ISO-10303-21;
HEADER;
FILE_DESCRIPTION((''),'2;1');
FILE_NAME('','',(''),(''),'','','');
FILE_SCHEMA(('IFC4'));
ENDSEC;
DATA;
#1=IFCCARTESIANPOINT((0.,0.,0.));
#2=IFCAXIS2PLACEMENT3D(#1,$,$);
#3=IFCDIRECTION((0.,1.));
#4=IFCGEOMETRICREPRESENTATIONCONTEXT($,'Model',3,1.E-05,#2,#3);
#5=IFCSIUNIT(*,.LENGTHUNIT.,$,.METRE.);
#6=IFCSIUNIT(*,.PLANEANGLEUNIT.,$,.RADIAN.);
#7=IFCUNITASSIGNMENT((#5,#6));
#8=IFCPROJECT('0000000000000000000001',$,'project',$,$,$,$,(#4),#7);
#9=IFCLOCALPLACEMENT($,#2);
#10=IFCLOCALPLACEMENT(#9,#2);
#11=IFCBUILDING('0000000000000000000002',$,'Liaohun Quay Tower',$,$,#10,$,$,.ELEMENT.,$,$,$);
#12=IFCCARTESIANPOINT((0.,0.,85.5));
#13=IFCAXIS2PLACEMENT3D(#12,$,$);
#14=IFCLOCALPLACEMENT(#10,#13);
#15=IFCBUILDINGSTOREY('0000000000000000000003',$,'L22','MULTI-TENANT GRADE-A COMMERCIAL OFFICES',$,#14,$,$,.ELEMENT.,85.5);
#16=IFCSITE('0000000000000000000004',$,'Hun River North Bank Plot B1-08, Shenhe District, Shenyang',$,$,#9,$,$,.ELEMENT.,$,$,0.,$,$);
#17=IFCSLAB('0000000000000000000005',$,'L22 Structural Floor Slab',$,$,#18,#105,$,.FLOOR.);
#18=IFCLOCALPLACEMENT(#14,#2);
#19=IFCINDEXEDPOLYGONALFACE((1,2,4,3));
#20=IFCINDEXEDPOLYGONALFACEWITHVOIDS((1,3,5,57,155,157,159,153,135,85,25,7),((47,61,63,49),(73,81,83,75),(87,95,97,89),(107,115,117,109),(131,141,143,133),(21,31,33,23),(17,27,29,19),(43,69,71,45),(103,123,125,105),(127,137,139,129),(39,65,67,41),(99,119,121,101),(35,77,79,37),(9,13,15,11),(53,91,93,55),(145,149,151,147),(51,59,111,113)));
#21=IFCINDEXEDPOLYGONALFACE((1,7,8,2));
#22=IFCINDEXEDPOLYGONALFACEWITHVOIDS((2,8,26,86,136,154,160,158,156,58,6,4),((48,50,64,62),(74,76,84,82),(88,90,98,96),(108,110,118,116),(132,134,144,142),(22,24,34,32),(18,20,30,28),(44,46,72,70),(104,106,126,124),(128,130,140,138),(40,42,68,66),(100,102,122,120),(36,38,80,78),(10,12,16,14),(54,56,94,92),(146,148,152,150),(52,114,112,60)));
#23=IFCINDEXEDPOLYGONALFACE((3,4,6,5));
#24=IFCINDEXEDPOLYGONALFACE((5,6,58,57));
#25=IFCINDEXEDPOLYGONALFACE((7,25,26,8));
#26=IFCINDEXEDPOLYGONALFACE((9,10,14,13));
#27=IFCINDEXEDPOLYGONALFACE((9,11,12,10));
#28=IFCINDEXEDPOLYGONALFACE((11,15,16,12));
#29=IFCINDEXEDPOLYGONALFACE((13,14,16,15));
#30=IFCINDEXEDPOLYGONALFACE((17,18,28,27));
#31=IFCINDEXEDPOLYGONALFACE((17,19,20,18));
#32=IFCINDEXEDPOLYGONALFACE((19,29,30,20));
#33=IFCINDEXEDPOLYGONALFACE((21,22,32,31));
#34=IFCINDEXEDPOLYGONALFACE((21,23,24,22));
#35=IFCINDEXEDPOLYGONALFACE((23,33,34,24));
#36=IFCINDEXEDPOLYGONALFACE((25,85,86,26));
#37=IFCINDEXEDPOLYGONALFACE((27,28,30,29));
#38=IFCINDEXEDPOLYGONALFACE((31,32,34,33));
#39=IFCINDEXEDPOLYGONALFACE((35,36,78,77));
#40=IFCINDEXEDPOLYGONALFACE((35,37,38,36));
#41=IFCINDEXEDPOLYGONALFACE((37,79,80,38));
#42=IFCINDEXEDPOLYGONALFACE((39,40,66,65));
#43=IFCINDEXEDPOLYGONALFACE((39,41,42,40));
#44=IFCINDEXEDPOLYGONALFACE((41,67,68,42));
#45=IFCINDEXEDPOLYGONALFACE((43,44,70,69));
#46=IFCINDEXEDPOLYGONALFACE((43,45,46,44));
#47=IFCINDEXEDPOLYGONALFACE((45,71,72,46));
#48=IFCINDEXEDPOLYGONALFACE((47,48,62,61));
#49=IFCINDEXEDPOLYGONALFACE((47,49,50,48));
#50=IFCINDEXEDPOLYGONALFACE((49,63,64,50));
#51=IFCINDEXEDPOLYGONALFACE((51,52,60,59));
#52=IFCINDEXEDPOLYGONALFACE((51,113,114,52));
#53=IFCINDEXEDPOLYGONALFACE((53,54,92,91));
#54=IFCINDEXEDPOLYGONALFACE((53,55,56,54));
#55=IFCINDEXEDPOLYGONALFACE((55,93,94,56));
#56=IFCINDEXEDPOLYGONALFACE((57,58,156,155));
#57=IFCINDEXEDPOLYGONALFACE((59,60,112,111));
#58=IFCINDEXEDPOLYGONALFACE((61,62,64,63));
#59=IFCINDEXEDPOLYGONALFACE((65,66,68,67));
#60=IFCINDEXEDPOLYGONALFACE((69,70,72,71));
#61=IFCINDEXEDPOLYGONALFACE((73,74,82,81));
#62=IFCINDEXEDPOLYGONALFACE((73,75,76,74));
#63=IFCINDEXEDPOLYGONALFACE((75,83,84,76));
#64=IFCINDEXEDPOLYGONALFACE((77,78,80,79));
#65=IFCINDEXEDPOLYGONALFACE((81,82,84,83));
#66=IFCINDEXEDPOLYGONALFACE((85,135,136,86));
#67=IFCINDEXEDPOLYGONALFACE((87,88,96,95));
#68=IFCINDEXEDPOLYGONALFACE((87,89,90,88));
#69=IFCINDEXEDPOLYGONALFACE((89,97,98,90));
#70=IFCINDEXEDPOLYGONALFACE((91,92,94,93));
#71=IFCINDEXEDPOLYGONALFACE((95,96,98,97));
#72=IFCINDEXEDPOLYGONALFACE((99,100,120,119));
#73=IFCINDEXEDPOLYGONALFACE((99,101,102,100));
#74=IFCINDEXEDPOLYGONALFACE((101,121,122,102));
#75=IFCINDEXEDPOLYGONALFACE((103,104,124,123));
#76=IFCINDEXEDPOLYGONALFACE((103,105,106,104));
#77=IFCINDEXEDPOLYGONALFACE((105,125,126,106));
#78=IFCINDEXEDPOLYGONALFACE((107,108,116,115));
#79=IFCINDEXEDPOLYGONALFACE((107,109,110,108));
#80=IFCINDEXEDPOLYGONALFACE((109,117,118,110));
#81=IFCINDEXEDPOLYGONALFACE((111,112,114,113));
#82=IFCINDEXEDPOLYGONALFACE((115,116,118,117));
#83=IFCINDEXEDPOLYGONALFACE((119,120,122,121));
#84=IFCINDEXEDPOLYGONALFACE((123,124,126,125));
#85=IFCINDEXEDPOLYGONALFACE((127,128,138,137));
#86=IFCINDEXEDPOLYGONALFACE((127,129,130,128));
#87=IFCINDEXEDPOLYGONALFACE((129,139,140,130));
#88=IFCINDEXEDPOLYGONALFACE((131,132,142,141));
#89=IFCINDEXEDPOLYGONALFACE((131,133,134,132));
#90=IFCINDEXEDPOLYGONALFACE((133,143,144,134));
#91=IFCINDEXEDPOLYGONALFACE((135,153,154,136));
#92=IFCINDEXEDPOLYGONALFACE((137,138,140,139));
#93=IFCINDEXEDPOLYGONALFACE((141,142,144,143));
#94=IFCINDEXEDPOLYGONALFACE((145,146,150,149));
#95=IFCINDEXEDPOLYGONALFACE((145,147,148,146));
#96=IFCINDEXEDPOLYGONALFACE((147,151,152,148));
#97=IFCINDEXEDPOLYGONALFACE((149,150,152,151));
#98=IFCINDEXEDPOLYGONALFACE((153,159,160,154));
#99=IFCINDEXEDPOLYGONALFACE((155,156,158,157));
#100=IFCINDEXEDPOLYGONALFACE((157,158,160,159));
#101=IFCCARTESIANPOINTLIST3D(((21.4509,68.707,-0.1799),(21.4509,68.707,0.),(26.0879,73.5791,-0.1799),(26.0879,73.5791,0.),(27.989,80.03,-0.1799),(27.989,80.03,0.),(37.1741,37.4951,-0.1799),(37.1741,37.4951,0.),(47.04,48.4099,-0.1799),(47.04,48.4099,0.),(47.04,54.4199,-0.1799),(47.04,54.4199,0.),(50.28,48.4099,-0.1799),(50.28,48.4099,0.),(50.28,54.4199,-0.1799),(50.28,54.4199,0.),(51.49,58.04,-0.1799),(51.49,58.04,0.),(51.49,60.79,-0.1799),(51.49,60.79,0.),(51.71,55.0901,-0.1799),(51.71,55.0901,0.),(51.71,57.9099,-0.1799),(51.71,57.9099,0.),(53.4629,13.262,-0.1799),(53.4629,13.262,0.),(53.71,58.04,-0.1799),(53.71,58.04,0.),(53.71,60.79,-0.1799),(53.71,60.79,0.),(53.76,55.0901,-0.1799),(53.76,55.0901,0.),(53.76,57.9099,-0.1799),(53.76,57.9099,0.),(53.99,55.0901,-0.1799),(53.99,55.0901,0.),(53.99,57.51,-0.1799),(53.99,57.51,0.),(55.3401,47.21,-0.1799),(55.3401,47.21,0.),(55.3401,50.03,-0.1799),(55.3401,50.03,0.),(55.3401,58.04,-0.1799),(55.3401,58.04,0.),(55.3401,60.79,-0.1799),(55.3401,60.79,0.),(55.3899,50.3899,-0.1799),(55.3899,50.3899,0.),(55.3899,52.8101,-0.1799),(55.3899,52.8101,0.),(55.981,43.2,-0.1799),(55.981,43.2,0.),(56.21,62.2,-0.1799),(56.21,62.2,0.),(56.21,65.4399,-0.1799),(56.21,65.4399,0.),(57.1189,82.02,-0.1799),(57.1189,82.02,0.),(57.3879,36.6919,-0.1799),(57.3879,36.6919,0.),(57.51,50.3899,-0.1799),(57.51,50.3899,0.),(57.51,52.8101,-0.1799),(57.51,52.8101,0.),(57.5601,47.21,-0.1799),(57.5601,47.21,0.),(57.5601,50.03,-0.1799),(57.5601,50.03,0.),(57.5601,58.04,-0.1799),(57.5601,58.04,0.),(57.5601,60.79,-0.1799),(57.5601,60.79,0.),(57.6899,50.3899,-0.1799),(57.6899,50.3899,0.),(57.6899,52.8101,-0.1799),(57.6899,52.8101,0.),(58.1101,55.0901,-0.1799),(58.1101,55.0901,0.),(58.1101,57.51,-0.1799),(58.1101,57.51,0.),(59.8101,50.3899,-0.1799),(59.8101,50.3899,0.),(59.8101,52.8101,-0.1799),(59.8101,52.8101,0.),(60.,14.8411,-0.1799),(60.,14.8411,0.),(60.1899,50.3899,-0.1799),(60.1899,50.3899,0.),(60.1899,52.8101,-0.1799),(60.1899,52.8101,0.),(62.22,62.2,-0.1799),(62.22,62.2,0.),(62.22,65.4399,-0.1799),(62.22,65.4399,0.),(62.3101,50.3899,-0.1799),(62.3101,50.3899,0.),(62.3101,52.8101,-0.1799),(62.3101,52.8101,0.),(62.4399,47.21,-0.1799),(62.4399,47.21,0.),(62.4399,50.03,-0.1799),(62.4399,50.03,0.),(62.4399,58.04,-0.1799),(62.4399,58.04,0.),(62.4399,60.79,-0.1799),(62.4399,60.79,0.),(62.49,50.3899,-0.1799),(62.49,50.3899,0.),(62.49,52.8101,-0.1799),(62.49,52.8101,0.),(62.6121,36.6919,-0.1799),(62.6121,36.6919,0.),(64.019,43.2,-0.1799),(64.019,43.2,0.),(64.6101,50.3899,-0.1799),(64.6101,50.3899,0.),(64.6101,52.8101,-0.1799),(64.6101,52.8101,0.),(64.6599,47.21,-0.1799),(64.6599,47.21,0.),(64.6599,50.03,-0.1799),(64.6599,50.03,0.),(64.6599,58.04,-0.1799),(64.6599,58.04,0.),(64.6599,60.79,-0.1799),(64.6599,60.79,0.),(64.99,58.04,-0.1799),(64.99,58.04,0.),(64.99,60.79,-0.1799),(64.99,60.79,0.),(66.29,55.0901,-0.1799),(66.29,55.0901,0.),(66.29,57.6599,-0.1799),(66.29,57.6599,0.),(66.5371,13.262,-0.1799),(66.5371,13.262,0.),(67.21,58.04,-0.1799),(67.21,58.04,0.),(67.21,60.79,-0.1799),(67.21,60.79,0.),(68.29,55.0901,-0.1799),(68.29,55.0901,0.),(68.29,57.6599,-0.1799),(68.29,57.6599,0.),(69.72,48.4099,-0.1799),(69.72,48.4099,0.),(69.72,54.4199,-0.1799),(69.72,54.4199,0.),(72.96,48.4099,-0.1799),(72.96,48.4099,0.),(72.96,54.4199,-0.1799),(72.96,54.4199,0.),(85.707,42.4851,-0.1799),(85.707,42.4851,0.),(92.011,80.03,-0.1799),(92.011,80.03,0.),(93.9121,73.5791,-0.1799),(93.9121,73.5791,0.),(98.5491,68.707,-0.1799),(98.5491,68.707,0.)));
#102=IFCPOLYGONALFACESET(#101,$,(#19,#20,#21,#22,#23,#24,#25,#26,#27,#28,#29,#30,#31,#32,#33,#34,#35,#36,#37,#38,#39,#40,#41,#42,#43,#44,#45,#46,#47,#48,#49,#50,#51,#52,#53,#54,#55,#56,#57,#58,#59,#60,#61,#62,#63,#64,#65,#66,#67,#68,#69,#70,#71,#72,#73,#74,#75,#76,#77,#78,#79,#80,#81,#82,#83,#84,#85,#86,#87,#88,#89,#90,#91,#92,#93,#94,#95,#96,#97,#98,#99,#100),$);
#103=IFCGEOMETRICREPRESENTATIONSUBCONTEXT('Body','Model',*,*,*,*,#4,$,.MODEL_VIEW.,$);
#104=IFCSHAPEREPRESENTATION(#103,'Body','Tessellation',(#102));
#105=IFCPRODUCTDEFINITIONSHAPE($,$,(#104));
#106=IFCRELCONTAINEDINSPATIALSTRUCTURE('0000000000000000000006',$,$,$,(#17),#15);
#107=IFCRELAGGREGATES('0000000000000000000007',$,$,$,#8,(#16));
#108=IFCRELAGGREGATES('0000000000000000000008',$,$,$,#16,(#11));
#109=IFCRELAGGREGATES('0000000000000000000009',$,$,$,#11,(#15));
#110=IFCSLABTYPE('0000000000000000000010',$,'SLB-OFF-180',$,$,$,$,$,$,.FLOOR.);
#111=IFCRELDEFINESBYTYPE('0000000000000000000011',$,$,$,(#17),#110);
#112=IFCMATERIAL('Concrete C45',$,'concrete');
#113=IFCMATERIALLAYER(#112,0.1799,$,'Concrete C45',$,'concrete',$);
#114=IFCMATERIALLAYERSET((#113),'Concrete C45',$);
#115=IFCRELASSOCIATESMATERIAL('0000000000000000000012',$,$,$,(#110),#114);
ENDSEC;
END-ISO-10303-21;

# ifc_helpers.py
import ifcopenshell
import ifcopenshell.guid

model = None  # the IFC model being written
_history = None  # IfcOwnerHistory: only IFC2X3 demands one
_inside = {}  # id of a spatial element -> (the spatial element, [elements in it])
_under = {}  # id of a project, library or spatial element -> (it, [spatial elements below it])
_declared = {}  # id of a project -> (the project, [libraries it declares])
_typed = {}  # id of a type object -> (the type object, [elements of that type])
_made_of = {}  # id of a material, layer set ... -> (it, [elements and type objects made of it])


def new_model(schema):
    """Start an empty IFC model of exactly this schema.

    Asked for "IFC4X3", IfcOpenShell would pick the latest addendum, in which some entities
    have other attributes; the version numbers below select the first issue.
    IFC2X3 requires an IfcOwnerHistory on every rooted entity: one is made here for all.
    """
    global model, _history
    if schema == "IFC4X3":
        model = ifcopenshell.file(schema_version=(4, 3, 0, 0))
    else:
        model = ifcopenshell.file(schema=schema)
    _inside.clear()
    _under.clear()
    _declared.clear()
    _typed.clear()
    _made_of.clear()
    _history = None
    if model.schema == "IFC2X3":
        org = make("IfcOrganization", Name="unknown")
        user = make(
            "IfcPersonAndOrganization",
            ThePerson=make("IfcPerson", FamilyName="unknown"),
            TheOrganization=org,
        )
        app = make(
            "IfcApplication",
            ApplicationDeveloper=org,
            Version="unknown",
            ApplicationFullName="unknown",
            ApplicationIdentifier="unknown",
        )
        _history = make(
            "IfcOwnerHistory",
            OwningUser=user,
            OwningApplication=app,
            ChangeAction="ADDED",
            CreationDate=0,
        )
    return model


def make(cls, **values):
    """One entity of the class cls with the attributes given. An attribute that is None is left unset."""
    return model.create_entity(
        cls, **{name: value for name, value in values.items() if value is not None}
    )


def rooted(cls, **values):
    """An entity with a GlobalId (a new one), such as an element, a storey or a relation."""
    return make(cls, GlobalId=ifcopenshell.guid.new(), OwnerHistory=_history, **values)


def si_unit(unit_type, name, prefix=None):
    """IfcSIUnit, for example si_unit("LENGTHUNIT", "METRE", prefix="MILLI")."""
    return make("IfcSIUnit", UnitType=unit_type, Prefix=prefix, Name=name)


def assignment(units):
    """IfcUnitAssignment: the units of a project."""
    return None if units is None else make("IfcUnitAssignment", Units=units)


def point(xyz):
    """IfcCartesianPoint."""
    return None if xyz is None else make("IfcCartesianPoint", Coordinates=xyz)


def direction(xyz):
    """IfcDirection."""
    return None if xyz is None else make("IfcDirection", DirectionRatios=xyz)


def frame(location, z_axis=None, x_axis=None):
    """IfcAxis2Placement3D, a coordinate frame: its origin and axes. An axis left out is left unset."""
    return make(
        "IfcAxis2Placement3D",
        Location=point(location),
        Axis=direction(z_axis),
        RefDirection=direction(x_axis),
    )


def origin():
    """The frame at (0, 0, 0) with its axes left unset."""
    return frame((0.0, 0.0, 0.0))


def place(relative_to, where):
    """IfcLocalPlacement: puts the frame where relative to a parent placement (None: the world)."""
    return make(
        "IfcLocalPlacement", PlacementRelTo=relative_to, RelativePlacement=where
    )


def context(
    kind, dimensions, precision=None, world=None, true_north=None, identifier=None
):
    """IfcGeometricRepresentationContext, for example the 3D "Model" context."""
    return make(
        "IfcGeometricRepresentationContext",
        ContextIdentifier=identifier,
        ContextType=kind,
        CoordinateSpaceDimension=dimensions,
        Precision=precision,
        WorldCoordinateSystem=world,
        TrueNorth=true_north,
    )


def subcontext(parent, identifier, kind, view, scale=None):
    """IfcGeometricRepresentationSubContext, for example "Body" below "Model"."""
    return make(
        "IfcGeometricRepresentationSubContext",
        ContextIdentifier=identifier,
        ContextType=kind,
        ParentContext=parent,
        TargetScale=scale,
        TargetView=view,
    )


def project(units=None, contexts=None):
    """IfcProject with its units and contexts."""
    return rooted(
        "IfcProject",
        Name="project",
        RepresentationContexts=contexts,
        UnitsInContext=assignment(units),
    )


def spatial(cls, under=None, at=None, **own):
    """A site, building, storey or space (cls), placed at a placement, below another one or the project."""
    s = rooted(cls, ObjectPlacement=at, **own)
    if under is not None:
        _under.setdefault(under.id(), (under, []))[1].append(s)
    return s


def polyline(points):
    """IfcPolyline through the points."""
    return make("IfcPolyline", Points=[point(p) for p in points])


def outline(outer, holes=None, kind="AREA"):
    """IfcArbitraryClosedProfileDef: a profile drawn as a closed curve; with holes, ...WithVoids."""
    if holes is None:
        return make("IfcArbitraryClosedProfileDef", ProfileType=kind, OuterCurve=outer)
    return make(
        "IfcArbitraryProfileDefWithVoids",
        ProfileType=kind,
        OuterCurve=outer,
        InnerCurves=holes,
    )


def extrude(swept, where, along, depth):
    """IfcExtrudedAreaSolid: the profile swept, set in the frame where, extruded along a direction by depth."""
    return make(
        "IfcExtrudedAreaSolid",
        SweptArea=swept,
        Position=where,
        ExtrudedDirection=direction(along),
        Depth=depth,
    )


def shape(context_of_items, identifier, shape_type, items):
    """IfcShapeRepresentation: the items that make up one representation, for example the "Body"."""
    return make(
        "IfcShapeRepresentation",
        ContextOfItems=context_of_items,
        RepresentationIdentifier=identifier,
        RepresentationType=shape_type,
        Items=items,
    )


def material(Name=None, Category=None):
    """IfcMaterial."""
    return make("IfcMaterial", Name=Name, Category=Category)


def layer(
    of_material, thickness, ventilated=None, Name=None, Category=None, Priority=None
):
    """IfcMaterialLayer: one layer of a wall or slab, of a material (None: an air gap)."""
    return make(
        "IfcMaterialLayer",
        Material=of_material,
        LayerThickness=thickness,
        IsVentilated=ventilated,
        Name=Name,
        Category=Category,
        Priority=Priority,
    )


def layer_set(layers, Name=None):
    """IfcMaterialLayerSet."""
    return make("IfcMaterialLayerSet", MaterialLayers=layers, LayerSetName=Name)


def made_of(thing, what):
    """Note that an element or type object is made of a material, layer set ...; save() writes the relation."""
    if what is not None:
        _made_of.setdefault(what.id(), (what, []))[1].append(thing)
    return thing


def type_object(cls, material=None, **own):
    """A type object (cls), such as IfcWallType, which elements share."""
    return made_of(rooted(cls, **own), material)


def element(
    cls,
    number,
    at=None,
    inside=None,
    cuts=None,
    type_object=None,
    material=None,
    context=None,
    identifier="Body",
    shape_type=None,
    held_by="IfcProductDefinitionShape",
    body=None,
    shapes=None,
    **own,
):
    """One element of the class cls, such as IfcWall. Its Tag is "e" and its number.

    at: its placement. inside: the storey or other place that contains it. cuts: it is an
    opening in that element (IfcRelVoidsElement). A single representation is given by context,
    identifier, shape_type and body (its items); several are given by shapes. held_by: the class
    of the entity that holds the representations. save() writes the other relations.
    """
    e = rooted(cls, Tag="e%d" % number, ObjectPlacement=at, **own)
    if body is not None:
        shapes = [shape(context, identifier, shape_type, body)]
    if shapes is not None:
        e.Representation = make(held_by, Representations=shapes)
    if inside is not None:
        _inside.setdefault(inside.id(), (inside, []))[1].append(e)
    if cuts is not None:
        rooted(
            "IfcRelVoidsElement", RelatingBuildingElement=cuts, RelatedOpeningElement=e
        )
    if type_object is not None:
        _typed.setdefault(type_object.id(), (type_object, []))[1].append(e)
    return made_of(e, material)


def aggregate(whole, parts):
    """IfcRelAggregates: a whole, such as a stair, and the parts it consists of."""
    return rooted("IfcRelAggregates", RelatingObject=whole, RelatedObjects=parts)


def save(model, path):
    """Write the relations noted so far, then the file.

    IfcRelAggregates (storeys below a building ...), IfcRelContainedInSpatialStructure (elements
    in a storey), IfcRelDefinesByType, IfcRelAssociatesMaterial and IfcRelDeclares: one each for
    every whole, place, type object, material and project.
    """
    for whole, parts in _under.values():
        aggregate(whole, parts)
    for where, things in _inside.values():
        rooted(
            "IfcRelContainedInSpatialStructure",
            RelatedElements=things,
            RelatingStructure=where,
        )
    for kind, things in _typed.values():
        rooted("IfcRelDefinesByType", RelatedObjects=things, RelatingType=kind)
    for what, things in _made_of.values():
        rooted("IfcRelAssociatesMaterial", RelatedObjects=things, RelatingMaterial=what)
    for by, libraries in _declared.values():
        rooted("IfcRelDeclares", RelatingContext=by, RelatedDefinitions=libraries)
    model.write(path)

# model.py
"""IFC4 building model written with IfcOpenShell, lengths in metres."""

from ifc_helpers import new_model, si_unit, direction, frame, origin, place, context, subcontext, project, spatial, polyline, outline, extrude, material, layer, layer_set, type_object, element, save


model = new_model("IFC4")

# Units and contexts
model_context = context("Model", 3, precision=1e-05, world=origin(), true_north=direction((0.0, 1.0)))
body_context = subcontext(model_context, "Body", "Model", "MODEL_VIEW")
ifc_project = project(units=[si_unit("LENGTHUNIT", "METRE"), si_unit("PLANEANGLEUNIT", "RADIAN")], contexts=[model_context])

# Site, building, storey
site_placement = place(None, origin())
site = spatial("IfcSite", under=ifc_project, at=site_placement, Name="Hun River North Bank Plot B1-08, Shenhe District, Shenyang", CompositionType="ELEMENT", RefElevation=0.0)
building_placement = place(site_placement, origin())
building = spatial("IfcBuilding", under=site, at=building_placement, Name="Liaohun Quay Tower", CompositionType="ELEMENT")
storey_placement = place(building_placement, frame((0.0, 0.0, 85.5)))
storey = spatial("IfcBuildingStorey", under=building, at=storey_placement, Name="L22", Description="MULTI-TENANT GRADE-A COMMERCIAL OFFICES", CompositionType="ELEMENT", Elevation=85.5)

# Shared definitions
ifc_material_1 = material(Name="Concrete C45", Category="concrete")

# Slab
ifc_layer_1 = layer(ifc_material_1, 0.1799, Name="Concrete C45", Category="concrete")
ifc_layer_set_1 = layer_set([ifc_layer_1], Name="Concrete C45")
slab_type_1 = type_object("IfcSlabType", Name="SLB-OFF-180", PredefinedType="FLOOR", material=ifc_layer_set_1)
slab_1_placement = place(storey_placement, frame((0.0, 0.0, -0.1799)))
element("IfcSlab", 1, at=slab_1_placement, inside=storey, type_object=slab_type_1, Name="L22 Structural Floor Slab", PredefinedType="FLOOR", context=body_context, shape_type="SweptSolid", body=[
    extrude(outline(polyline([(53.4629, 13.262), (60.0, 14.8411), (66.5371, 13.262), (85.707, 42.4851), (98.5491, 68.707), (93.9121, 73.5791), (92.011, 80.03), (57.1189, 82.02), (27.989, 80.03), (26.0879, 73.5791), (21.4509, 68.707), (37.1741, 37.4951), (53.4629, 13.262)]), holes=[polyline([(57.5601, 47.21), (57.5601, 50.03), (55.3401, 50.03), (55.3401, 47.21), (57.5601, 47.21)]), polyline([(50.28, 54.4199), (47.04, 54.4199), (47.04, 48.4099), (50.28, 48.4099), (50.28, 54.4199)]), polyline([(57.51, 50.3899), (57.51, 52.8101), (55.3899, 52.8101), (55.3899, 50.3899), (57.51, 50.3899)]), polyline([(59.8101, 50.3899), (59.8101, 52.8101), (57.6899, 52.8101), (57.6899, 50.3899), (59.8101, 50.3899)]), polyline([(58.1101, 57.51), (53.99, 57.51), (53.99, 55.0901), (58.1101, 55.0901), (58.1101, 57.51)]), polyline([(53.76, 55.0901), (53.76, 57.9099), (51.71, 57.9099), (51.71, 55.0901), (53.76, 55.0901)]), polyline([(51.49, 58.04), (53.71, 58.04), (53.71, 60.79), (51.49, 60.79), (51.49, 58.04)]), polyline([(55.3401, 58.04), (57.5601, 58.04), (57.5601, 60.79), (55.3401, 60.79), (55.3401, 58.04)]), polyline([(62.6121, 36.6919), (64.019, 43.2), (55.981, 43.2), (57.3879, 36.6919), (62.6121, 36.6919)]), polyline([(64.6599, 47.21), (64.6599, 50.03), (62.4399, 50.03), (62.4399, 47.21), (64.6599, 47.21)]), polyline([(72.96, 54.4199), (69.72, 54.4199), (69.72, 48.4099), (72.96, 48.4099), (72.96, 54.4199)]), polyline([(62.3101, 50.3899), (62.3101, 52.8101), (60.1899, 52.8101), (60.1899, 50.3899), (62.3101, 50.3899)]), polyline([(64.6101, 50.3899), (64.6101, 52.8101), (62.49, 52.8101), (62.49, 50.3899), (64.6101, 50.3899)]), polyline([(68.29, 55.0901), (68.29, 57.6599), (66.29, 57.6599), (66.29, 55.0901), (68.29, 55.0901)]), polyline([(64.6599, 58.04), (64.6599, 60.79), (62.4399, 60.79), (62.4399, 58.04), (64.6599, 58.04)]), polyline([(64.99, 58.04), (67.21, 58.04), (67.21, 60.79), (64.99, 60.79), (64.99, 58.04)]), polyline([(56.21, 62.2), (62.22, 62.2), (62.22, 65.4399), (56.21, 65.4399), (56.21, 62.2)])]), origin(), (0.0, 0.0, 1.0), 0.1799),
])

save(model, "model.ifc")
